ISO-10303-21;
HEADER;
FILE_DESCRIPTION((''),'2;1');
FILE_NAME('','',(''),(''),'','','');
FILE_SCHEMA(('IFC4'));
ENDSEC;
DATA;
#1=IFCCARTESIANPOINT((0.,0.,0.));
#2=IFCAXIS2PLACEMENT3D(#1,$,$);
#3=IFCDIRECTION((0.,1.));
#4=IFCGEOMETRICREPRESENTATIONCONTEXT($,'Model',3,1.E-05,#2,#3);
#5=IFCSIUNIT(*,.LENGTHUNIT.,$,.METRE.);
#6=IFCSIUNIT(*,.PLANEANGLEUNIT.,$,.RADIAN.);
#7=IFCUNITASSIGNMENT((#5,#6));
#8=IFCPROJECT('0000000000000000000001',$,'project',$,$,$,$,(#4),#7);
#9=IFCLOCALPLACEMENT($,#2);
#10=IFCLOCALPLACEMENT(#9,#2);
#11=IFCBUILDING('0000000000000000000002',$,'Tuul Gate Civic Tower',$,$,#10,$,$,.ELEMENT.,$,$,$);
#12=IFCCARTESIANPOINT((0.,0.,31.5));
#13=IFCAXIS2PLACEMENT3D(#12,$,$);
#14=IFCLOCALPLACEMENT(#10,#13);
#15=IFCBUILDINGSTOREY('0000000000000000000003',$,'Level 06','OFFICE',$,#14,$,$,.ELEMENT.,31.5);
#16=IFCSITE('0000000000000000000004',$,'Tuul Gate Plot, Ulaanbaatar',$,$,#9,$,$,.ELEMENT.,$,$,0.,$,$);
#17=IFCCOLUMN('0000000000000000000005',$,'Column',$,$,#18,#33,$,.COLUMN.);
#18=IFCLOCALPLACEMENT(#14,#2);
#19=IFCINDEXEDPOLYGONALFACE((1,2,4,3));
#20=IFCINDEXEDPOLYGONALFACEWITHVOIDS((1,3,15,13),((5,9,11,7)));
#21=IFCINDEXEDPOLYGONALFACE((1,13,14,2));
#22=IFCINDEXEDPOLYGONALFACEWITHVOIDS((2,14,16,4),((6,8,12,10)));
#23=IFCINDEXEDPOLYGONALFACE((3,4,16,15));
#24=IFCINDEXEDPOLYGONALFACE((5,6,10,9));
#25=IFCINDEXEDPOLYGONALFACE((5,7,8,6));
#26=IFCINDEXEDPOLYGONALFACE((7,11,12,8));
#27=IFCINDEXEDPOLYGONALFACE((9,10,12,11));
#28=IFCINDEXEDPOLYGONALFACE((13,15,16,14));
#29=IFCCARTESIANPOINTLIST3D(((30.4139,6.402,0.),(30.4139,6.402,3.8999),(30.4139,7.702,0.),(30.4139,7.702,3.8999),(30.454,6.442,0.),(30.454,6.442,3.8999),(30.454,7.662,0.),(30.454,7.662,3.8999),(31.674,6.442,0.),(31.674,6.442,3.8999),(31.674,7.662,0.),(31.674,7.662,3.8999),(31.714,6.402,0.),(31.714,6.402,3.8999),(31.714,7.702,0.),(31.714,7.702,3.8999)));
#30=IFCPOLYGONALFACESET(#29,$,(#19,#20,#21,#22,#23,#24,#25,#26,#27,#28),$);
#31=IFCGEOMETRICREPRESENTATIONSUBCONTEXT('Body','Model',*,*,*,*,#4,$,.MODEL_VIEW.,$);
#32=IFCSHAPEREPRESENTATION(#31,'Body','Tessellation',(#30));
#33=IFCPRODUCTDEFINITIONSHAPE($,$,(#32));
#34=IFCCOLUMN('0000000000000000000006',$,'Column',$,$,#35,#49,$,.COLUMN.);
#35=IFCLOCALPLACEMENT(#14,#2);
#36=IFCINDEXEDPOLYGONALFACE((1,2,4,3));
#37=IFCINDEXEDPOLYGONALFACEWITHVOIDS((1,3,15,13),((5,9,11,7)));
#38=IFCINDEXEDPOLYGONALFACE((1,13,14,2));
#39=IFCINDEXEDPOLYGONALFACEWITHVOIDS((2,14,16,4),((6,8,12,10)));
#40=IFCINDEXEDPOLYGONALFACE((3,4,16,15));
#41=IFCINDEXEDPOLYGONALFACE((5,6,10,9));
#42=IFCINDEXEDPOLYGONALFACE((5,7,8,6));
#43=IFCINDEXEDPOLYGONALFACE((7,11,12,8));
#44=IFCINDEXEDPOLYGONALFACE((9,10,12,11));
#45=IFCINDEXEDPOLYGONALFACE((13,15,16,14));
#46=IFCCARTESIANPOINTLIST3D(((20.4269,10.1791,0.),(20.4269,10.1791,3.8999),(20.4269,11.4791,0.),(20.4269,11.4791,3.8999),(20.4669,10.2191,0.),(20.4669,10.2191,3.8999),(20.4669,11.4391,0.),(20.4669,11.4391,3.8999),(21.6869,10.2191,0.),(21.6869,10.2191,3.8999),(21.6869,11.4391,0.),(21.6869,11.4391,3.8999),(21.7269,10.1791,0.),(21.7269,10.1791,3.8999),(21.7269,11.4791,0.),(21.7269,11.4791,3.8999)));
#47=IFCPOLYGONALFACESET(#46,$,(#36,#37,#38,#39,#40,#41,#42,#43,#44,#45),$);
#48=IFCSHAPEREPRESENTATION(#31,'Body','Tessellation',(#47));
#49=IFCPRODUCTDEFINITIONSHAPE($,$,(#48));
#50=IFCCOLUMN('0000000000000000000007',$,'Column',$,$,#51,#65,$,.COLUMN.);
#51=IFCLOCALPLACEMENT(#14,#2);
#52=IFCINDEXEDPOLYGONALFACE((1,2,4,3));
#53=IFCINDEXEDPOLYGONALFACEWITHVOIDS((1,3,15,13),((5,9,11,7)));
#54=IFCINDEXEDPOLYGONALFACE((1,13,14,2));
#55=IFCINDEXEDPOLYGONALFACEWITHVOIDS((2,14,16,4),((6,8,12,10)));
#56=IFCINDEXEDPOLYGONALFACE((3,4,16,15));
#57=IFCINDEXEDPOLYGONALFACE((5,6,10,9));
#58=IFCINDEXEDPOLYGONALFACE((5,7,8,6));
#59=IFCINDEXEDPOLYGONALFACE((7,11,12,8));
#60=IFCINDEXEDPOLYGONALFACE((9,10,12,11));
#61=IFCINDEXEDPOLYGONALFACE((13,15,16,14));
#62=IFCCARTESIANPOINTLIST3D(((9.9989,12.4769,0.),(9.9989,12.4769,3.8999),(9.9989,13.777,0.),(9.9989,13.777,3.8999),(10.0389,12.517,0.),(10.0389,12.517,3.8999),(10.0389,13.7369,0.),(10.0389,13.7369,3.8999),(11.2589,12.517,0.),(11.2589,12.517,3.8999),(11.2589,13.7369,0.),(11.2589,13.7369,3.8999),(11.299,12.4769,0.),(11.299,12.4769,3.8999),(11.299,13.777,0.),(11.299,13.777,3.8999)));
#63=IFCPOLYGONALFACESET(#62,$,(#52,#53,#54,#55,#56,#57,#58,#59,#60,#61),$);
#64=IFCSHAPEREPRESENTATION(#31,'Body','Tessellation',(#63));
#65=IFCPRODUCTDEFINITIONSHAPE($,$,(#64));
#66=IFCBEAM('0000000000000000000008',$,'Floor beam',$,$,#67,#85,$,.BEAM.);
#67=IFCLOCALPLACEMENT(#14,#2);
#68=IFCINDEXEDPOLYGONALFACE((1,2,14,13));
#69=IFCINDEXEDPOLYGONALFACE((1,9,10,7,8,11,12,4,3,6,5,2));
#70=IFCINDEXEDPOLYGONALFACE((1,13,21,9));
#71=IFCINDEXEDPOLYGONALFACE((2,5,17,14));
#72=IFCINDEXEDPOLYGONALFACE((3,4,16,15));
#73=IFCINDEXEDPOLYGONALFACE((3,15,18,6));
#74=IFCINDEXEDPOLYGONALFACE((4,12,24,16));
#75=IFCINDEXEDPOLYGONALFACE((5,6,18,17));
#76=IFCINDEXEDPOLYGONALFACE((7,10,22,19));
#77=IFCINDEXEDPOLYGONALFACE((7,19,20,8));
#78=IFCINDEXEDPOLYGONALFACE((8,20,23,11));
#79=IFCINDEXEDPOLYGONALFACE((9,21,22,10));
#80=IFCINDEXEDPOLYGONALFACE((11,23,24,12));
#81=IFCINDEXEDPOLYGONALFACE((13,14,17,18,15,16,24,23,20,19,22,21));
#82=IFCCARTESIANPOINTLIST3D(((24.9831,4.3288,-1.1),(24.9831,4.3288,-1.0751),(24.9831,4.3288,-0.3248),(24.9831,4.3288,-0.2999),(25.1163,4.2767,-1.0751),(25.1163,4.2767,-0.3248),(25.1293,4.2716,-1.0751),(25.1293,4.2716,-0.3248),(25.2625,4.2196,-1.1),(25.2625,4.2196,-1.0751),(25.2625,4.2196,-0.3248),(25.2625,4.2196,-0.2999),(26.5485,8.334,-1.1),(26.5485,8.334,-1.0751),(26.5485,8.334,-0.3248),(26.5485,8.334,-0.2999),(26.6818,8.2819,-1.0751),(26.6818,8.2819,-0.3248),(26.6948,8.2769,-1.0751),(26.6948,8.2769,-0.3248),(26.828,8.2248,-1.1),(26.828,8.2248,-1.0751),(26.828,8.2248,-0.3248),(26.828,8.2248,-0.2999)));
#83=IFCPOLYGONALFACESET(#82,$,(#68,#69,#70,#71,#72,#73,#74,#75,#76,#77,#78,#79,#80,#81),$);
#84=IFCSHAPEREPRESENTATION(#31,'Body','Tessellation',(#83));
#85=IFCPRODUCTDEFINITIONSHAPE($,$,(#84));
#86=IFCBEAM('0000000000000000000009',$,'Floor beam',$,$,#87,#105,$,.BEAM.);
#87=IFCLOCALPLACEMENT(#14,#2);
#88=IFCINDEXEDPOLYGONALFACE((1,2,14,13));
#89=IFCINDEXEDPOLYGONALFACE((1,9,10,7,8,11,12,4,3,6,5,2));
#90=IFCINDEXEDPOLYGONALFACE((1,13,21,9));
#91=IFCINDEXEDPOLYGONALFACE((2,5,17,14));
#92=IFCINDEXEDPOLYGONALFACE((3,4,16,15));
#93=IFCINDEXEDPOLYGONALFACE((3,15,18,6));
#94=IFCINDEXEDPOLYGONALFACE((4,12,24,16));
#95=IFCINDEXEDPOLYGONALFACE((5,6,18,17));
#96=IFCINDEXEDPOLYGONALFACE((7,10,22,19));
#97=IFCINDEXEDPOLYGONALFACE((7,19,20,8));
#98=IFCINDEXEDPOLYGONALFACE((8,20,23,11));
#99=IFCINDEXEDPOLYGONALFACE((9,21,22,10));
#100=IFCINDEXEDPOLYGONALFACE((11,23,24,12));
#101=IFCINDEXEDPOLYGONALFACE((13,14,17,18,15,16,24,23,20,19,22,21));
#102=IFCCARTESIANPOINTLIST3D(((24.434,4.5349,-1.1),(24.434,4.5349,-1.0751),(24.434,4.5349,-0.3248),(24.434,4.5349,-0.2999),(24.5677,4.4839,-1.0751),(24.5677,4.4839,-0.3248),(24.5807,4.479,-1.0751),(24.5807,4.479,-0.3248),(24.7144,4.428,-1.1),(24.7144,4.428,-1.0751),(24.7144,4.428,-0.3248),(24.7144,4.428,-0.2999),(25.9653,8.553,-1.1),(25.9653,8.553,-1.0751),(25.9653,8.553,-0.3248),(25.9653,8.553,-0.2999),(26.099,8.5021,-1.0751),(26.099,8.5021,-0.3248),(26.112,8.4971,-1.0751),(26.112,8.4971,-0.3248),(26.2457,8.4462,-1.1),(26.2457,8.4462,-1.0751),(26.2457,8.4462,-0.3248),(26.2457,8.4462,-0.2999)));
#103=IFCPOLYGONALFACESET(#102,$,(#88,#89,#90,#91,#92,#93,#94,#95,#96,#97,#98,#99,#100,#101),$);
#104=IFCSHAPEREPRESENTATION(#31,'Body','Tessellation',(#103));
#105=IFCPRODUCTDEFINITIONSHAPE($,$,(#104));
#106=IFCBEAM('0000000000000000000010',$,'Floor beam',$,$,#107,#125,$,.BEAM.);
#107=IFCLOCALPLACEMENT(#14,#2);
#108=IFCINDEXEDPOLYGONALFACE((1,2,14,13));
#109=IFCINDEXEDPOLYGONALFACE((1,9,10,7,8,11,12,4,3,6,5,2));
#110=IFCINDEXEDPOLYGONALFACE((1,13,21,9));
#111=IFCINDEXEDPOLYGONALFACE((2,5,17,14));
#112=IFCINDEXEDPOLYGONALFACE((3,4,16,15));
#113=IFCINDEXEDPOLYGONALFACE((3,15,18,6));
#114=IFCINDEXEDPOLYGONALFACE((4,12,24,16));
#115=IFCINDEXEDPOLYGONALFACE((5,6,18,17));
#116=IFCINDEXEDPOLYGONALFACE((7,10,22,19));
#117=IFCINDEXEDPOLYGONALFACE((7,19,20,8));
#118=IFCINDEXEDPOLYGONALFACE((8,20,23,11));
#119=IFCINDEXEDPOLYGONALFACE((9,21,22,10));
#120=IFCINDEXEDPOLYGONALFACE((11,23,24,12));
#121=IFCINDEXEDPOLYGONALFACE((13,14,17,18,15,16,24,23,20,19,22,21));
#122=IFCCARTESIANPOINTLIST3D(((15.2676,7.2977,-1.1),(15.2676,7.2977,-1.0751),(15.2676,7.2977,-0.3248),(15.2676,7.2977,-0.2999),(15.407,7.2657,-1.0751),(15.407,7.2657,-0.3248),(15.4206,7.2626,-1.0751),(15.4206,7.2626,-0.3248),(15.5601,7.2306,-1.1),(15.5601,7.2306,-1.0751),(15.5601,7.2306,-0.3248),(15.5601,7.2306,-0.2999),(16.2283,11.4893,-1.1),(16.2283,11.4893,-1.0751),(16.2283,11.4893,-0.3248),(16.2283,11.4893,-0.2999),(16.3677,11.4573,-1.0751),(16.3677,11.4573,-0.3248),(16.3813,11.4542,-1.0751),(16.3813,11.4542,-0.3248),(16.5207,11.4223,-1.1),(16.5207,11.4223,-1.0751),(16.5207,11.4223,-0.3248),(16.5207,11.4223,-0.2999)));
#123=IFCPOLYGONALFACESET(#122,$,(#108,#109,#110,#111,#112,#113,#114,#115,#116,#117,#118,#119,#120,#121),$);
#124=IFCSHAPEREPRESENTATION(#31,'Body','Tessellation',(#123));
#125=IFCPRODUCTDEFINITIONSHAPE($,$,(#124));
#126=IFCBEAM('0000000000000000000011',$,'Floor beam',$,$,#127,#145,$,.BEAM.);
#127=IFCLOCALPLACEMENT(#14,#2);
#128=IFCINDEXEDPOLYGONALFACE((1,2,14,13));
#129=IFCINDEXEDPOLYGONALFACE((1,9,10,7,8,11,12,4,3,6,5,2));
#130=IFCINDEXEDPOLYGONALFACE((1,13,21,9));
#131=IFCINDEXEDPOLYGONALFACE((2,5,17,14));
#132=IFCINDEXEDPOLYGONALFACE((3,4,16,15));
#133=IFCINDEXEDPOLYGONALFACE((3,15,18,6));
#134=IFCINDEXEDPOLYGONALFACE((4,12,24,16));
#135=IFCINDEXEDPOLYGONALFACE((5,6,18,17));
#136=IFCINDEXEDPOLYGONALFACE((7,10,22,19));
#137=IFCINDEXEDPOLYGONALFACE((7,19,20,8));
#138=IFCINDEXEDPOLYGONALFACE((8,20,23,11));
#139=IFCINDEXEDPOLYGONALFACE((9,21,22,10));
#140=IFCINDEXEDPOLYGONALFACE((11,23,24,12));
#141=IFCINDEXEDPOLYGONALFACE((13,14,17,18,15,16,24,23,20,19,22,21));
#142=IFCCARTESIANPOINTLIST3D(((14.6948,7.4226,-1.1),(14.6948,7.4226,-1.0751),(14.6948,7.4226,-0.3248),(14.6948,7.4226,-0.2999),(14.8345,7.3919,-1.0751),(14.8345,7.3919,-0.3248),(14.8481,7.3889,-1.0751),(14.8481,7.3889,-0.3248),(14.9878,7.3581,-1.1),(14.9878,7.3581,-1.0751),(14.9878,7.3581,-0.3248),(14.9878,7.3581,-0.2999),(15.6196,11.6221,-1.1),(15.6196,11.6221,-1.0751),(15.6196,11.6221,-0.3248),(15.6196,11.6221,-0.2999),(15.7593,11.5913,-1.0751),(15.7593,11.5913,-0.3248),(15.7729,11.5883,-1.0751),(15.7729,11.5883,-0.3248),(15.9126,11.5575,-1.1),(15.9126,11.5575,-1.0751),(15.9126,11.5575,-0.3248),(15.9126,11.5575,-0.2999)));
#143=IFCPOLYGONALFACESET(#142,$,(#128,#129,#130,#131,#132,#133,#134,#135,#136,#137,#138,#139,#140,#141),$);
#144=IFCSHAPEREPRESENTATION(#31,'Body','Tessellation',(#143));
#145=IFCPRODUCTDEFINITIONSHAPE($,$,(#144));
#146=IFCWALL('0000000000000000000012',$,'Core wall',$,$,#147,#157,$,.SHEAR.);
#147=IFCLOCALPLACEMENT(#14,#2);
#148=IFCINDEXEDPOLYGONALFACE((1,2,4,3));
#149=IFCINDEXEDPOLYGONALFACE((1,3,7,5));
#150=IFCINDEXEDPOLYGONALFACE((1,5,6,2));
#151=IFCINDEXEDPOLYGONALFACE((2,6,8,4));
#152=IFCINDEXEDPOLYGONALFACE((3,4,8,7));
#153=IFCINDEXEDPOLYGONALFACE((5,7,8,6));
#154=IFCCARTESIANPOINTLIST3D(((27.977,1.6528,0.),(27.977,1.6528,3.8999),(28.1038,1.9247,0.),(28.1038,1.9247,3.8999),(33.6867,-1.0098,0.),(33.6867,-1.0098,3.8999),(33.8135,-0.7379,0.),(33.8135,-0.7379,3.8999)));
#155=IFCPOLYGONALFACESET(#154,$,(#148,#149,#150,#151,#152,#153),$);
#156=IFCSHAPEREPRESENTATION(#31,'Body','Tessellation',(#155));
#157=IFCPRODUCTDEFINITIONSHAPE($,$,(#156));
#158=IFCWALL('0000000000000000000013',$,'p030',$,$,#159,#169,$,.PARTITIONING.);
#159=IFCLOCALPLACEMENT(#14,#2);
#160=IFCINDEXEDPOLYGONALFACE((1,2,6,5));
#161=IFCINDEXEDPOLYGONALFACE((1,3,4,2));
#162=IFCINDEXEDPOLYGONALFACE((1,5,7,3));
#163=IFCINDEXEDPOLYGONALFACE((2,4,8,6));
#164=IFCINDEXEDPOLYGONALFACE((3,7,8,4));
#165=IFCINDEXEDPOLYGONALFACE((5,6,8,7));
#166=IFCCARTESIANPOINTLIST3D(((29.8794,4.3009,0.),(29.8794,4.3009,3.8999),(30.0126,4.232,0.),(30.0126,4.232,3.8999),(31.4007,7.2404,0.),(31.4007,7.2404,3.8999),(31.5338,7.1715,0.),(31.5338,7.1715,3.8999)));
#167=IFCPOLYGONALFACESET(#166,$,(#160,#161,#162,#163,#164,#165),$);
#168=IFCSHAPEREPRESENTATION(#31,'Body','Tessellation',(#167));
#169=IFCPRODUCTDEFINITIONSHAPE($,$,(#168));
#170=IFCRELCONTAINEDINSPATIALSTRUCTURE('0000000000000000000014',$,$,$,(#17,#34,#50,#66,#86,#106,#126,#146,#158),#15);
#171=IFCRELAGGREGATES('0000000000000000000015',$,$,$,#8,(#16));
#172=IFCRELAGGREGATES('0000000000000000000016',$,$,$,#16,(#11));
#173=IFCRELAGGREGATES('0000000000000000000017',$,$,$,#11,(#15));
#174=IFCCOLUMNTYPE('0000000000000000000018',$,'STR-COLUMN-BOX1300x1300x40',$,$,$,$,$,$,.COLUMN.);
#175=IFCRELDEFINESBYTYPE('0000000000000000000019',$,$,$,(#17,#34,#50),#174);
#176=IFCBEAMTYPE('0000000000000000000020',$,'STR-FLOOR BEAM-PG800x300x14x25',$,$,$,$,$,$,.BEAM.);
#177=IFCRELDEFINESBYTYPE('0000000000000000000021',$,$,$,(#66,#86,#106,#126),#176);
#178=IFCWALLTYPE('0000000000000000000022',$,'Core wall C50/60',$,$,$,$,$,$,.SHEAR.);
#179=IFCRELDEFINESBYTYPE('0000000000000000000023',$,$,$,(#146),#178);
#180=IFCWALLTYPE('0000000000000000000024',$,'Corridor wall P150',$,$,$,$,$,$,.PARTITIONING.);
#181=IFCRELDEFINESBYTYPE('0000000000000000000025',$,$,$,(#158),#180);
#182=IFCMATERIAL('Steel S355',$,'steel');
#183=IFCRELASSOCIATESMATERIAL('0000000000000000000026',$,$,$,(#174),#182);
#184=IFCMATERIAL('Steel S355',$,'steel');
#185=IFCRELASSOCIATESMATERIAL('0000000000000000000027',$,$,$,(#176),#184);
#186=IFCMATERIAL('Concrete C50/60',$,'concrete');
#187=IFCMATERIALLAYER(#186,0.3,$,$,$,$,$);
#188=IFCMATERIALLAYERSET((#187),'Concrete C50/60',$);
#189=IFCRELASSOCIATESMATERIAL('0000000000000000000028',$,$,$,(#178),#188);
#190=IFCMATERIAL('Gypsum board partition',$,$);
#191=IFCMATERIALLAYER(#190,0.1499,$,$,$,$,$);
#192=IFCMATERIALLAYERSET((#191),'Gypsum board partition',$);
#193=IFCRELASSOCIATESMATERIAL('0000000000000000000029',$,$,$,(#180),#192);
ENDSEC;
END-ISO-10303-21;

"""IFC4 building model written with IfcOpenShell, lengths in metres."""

from ifc_helpers import new_model, si_unit, direction, frame, frame_2d, origin, origin_2d, place, context, subcontext, project, spatial, rectangle, hollow_rectangle, i_section, extrude, material, layer, layer_set, material_profile, profile_set, type_object, element, save


model = new_model("IFC4")

# Units and contexts
model_context = context("Model", 3, precision=1e-05, world=origin(), true_north=direction((0.0, 1.0)))
body_context = subcontext(model_context, "Body", "Model", "MODEL_VIEW")
ifc_project = project(units=[si_unit("LENGTHUNIT", "METRE"), si_unit("PLANEANGLEUNIT", "RADIAN")], contexts=[model_context])

# Site, building, storey
site_placement = place(None, origin())
site = spatial("IfcSite", under=ifc_project, at=site_placement, Name="Tuul Gate Plot, Ulaanbaatar", CompositionType="ELEMENT", RefElevation=0.0)
building_placement = place(site_placement, origin())
building = spatial("IfcBuilding", under=site, at=building_placement, Name="Tuul Gate Civic Tower", CompositionType="ELEMENT")
storey_placement = place(building_placement, frame((0.0, 0.0, 31.5)))
storey = spatial("IfcBuildingStorey", under=building, at=storey_placement, Name="Level 06", Description="OFFICE", CompositionType="ELEMENT", Elevation=31.5)

# Columns
ifc_material_1 = material(Name="Steel S355", Category="steel")
ifc_material_profile_1 = material_profile(ifc_material_1, hollow_rectangle(XDim=1.3, YDim=1.3, WallThickness=0.04, at=origin_2d()), Name="BOX1300x1300x40")
ifc_profile_set_1 = profile_set([ifc_material_profile_1], Name="Steel S355")
column_type = type_object("IfcColumnType", Name="STR-COLUMN-BOX1300x1300x40", PredefinedType="COLUMN", material=ifc_profile_set_1)
for number, where, z_axis, x_axis, name in (
    (1, (31.064, 7.052, 0.0), (0.0, 0.0, 1.0), (1.0, 0.0, 0.0), "Column"),
    (2, (21.0769, 10.8291, 0.0), (0.0, 0.0, 1.0), (1.0, 0.0, 0.0), "Column"),
    (3, (10.6489, 13.127, 0.0), (0.0, 0.0, 1.0), (1.0, 0.0, 0.0), "Column"),
):
    element("IfcColumn", number, at=place(storey_placement, frame(where, z_axis=z_axis, x_axis=x_axis)), inside=storey, type_object=column_type, Name=name, PredefinedType="COLUMN", context=body_context, shape_type="SweptSolid", body=[
        extrude(hollow_rectangle(XDim=1.3, YDim=1.3, WallThickness=0.04, at=origin_2d()), origin(), (0.0, 0.0, 1.0), 3.8999),
    ])

# Beams
ifc_material_2 = material(Name="Steel S355", Category="steel")
ifc_material_profile_2 = material_profile(ifc_material_2, i_section(OverallWidth=0.3, OverallDepth=0.8, WebThickness=0.0139, FlangeThickness=0.0249, at=origin_2d()), Name="PG800x300x14x25")
ifc_profile_set_2 = profile_set([ifc_material_profile_2], Name="Steel S355")
beam_type = type_object("IfcBeamType", Name="STR-FLOOR BEAM-PG800x300x14x25", PredefinedType="BEAM", material=ifc_profile_set_2)
beam_1_placement = place(storey_placement, frame((25.1228, 4.2742, -0.7), z_axis=(0.364038, 0.931384, 0.0), x_axis=(-0.931384, 0.364038, 0.0)))
element("IfcBeam", 4, at=beam_1_placement, inside=storey, type_object=beam_type, Name="Floor beam", PredefinedType="BEAM", context=body_context, shape_type="SweptSolid", body=[
    extrude(i_section(OverallWidth=0.3, OverallDepth=0.8, WebThickness=0.0139, FlangeThickness=0.0249, at=origin_2d()), origin(), (0.0, 0.0, 1.0), 4.3003),
])
beam_2_placement = place(storey_placement, frame((24.5742, 4.4814, -0.7), z_axis=(0.356109, 0.934445, 0.0), x_axis=(-0.934445, 0.356109, 0.0)))
element("IfcBeam", 5, at=beam_2_placement, inside=storey, type_object=beam_type, Name="Floor beam", PredefinedType="BEAM", context=body_context, shape_type="SweptSolid", body=[
    extrude(i_section(OverallWidth=0.3, OverallDepth=0.8, WebThickness=0.0139, FlangeThickness=0.0249, at=origin_2d()), origin(), (0.0, 0.0, 1.0), 4.3),
])
beam_3_placement = place(storey_placement, frame((15.4138, 7.2642, -0.7), z_axis=(0.2234, 0.974727, 0.0), x_axis=(-0.974727, 0.2234, 0.0)))
element("IfcBeam", 6, at=beam_3_placement, inside=storey, type_object=beam_type, Name="Floor beam", PredefinedType="BEAM", context=body_context, shape_type="SweptSolid", body=[
    extrude(i_section(OverallWidth=0.3, OverallDepth=0.8, WebThickness=0.0139, FlangeThickness=0.0249, at=origin_2d()), origin(), (0.0, 0.0, 1.0), 4.3003),
])
beam_4_placement = place(storey_placement, frame((14.8413, 7.3904, -0.7), z_axis=(0.215066, 0.976599, 0.0), x_axis=(-0.976599, 0.215066, 0.0)))
element("IfcBeam", 7, at=beam_4_placement, inside=storey, type_object=beam_type, Name="Floor beam", PredefinedType="BEAM", context=body_context, shape_type="SweptSolid", body=[
    extrude(i_section(OverallWidth=0.3, OverallDepth=0.8, WebThickness=0.0139, FlangeThickness=0.0249, at=origin_2d()), origin(), (0.0, 0.0, 1.0), 4.3),
])

# Walls
ifc_material_3 = material(Name="Concrete C50/60", Category="concrete")
ifc_layer_1 = layer(ifc_material_3, 0.3)
ifc_layer_set_1 = layer_set([ifc_layer_1], Name="Concrete C50/60")
wall_type_1 = type_object("IfcWallType", Name="Core wall C50/60", PredefinedType="SHEAR", material=ifc_layer_set_1)
wall_1_placement = place(storey_placement, frame((33.75, -0.8738, 0.0), z_axis=(0.0, 0.0, 1.0), x_axis=(-0.906301, 0.422633, 0.0)))
element("IfcWall", 8, at=wall_1_placement, inside=storey, type_object=wall_type_1, Name="Core wall", PredefinedType="SHEAR", context=body_context, shape_type="SweptSolid", body=[
    extrude(rectangle(XDim=6.3, YDim=0.3, at=frame_2d((3.1499, 0.0))), origin(), (0.0, 0.0, 1.0), 3.8999),
])
ifc_material_4 = material(Name="Gypsum board partition")
ifc_layer_2 = layer(ifc_material_4, 0.1499)
ifc_layer_set_2 = layer_set([ifc_layer_2], Name="Gypsum board partition")
wall_type_2 = type_object("IfcWallType", Name="Corridor wall P150", PredefinedType="PARTITIONING", material=ifc_layer_set_2)
wall_2_placement = place(storey_placement, frame((29.946, 4.2666, 0.0), z_axis=(0.0, 0.0, 1.0), x_axis=(0.459622, 0.888115, 0.0)))
element("IfcWall", 9, at=wall_2_placement, inside=storey, type_object=wall_type_2, Name="p030", PredefinedType="PARTITIONING", context=body_context, shape_type="SweptSolid", body=[
    extrude(rectangle(XDim=3.3098, YDim=0.1499, at=frame_2d((1.6548, 0.0))), origin(), (0.0, 0.0, 1.0), 3.8999),
])

save(model, "model.ifc")
